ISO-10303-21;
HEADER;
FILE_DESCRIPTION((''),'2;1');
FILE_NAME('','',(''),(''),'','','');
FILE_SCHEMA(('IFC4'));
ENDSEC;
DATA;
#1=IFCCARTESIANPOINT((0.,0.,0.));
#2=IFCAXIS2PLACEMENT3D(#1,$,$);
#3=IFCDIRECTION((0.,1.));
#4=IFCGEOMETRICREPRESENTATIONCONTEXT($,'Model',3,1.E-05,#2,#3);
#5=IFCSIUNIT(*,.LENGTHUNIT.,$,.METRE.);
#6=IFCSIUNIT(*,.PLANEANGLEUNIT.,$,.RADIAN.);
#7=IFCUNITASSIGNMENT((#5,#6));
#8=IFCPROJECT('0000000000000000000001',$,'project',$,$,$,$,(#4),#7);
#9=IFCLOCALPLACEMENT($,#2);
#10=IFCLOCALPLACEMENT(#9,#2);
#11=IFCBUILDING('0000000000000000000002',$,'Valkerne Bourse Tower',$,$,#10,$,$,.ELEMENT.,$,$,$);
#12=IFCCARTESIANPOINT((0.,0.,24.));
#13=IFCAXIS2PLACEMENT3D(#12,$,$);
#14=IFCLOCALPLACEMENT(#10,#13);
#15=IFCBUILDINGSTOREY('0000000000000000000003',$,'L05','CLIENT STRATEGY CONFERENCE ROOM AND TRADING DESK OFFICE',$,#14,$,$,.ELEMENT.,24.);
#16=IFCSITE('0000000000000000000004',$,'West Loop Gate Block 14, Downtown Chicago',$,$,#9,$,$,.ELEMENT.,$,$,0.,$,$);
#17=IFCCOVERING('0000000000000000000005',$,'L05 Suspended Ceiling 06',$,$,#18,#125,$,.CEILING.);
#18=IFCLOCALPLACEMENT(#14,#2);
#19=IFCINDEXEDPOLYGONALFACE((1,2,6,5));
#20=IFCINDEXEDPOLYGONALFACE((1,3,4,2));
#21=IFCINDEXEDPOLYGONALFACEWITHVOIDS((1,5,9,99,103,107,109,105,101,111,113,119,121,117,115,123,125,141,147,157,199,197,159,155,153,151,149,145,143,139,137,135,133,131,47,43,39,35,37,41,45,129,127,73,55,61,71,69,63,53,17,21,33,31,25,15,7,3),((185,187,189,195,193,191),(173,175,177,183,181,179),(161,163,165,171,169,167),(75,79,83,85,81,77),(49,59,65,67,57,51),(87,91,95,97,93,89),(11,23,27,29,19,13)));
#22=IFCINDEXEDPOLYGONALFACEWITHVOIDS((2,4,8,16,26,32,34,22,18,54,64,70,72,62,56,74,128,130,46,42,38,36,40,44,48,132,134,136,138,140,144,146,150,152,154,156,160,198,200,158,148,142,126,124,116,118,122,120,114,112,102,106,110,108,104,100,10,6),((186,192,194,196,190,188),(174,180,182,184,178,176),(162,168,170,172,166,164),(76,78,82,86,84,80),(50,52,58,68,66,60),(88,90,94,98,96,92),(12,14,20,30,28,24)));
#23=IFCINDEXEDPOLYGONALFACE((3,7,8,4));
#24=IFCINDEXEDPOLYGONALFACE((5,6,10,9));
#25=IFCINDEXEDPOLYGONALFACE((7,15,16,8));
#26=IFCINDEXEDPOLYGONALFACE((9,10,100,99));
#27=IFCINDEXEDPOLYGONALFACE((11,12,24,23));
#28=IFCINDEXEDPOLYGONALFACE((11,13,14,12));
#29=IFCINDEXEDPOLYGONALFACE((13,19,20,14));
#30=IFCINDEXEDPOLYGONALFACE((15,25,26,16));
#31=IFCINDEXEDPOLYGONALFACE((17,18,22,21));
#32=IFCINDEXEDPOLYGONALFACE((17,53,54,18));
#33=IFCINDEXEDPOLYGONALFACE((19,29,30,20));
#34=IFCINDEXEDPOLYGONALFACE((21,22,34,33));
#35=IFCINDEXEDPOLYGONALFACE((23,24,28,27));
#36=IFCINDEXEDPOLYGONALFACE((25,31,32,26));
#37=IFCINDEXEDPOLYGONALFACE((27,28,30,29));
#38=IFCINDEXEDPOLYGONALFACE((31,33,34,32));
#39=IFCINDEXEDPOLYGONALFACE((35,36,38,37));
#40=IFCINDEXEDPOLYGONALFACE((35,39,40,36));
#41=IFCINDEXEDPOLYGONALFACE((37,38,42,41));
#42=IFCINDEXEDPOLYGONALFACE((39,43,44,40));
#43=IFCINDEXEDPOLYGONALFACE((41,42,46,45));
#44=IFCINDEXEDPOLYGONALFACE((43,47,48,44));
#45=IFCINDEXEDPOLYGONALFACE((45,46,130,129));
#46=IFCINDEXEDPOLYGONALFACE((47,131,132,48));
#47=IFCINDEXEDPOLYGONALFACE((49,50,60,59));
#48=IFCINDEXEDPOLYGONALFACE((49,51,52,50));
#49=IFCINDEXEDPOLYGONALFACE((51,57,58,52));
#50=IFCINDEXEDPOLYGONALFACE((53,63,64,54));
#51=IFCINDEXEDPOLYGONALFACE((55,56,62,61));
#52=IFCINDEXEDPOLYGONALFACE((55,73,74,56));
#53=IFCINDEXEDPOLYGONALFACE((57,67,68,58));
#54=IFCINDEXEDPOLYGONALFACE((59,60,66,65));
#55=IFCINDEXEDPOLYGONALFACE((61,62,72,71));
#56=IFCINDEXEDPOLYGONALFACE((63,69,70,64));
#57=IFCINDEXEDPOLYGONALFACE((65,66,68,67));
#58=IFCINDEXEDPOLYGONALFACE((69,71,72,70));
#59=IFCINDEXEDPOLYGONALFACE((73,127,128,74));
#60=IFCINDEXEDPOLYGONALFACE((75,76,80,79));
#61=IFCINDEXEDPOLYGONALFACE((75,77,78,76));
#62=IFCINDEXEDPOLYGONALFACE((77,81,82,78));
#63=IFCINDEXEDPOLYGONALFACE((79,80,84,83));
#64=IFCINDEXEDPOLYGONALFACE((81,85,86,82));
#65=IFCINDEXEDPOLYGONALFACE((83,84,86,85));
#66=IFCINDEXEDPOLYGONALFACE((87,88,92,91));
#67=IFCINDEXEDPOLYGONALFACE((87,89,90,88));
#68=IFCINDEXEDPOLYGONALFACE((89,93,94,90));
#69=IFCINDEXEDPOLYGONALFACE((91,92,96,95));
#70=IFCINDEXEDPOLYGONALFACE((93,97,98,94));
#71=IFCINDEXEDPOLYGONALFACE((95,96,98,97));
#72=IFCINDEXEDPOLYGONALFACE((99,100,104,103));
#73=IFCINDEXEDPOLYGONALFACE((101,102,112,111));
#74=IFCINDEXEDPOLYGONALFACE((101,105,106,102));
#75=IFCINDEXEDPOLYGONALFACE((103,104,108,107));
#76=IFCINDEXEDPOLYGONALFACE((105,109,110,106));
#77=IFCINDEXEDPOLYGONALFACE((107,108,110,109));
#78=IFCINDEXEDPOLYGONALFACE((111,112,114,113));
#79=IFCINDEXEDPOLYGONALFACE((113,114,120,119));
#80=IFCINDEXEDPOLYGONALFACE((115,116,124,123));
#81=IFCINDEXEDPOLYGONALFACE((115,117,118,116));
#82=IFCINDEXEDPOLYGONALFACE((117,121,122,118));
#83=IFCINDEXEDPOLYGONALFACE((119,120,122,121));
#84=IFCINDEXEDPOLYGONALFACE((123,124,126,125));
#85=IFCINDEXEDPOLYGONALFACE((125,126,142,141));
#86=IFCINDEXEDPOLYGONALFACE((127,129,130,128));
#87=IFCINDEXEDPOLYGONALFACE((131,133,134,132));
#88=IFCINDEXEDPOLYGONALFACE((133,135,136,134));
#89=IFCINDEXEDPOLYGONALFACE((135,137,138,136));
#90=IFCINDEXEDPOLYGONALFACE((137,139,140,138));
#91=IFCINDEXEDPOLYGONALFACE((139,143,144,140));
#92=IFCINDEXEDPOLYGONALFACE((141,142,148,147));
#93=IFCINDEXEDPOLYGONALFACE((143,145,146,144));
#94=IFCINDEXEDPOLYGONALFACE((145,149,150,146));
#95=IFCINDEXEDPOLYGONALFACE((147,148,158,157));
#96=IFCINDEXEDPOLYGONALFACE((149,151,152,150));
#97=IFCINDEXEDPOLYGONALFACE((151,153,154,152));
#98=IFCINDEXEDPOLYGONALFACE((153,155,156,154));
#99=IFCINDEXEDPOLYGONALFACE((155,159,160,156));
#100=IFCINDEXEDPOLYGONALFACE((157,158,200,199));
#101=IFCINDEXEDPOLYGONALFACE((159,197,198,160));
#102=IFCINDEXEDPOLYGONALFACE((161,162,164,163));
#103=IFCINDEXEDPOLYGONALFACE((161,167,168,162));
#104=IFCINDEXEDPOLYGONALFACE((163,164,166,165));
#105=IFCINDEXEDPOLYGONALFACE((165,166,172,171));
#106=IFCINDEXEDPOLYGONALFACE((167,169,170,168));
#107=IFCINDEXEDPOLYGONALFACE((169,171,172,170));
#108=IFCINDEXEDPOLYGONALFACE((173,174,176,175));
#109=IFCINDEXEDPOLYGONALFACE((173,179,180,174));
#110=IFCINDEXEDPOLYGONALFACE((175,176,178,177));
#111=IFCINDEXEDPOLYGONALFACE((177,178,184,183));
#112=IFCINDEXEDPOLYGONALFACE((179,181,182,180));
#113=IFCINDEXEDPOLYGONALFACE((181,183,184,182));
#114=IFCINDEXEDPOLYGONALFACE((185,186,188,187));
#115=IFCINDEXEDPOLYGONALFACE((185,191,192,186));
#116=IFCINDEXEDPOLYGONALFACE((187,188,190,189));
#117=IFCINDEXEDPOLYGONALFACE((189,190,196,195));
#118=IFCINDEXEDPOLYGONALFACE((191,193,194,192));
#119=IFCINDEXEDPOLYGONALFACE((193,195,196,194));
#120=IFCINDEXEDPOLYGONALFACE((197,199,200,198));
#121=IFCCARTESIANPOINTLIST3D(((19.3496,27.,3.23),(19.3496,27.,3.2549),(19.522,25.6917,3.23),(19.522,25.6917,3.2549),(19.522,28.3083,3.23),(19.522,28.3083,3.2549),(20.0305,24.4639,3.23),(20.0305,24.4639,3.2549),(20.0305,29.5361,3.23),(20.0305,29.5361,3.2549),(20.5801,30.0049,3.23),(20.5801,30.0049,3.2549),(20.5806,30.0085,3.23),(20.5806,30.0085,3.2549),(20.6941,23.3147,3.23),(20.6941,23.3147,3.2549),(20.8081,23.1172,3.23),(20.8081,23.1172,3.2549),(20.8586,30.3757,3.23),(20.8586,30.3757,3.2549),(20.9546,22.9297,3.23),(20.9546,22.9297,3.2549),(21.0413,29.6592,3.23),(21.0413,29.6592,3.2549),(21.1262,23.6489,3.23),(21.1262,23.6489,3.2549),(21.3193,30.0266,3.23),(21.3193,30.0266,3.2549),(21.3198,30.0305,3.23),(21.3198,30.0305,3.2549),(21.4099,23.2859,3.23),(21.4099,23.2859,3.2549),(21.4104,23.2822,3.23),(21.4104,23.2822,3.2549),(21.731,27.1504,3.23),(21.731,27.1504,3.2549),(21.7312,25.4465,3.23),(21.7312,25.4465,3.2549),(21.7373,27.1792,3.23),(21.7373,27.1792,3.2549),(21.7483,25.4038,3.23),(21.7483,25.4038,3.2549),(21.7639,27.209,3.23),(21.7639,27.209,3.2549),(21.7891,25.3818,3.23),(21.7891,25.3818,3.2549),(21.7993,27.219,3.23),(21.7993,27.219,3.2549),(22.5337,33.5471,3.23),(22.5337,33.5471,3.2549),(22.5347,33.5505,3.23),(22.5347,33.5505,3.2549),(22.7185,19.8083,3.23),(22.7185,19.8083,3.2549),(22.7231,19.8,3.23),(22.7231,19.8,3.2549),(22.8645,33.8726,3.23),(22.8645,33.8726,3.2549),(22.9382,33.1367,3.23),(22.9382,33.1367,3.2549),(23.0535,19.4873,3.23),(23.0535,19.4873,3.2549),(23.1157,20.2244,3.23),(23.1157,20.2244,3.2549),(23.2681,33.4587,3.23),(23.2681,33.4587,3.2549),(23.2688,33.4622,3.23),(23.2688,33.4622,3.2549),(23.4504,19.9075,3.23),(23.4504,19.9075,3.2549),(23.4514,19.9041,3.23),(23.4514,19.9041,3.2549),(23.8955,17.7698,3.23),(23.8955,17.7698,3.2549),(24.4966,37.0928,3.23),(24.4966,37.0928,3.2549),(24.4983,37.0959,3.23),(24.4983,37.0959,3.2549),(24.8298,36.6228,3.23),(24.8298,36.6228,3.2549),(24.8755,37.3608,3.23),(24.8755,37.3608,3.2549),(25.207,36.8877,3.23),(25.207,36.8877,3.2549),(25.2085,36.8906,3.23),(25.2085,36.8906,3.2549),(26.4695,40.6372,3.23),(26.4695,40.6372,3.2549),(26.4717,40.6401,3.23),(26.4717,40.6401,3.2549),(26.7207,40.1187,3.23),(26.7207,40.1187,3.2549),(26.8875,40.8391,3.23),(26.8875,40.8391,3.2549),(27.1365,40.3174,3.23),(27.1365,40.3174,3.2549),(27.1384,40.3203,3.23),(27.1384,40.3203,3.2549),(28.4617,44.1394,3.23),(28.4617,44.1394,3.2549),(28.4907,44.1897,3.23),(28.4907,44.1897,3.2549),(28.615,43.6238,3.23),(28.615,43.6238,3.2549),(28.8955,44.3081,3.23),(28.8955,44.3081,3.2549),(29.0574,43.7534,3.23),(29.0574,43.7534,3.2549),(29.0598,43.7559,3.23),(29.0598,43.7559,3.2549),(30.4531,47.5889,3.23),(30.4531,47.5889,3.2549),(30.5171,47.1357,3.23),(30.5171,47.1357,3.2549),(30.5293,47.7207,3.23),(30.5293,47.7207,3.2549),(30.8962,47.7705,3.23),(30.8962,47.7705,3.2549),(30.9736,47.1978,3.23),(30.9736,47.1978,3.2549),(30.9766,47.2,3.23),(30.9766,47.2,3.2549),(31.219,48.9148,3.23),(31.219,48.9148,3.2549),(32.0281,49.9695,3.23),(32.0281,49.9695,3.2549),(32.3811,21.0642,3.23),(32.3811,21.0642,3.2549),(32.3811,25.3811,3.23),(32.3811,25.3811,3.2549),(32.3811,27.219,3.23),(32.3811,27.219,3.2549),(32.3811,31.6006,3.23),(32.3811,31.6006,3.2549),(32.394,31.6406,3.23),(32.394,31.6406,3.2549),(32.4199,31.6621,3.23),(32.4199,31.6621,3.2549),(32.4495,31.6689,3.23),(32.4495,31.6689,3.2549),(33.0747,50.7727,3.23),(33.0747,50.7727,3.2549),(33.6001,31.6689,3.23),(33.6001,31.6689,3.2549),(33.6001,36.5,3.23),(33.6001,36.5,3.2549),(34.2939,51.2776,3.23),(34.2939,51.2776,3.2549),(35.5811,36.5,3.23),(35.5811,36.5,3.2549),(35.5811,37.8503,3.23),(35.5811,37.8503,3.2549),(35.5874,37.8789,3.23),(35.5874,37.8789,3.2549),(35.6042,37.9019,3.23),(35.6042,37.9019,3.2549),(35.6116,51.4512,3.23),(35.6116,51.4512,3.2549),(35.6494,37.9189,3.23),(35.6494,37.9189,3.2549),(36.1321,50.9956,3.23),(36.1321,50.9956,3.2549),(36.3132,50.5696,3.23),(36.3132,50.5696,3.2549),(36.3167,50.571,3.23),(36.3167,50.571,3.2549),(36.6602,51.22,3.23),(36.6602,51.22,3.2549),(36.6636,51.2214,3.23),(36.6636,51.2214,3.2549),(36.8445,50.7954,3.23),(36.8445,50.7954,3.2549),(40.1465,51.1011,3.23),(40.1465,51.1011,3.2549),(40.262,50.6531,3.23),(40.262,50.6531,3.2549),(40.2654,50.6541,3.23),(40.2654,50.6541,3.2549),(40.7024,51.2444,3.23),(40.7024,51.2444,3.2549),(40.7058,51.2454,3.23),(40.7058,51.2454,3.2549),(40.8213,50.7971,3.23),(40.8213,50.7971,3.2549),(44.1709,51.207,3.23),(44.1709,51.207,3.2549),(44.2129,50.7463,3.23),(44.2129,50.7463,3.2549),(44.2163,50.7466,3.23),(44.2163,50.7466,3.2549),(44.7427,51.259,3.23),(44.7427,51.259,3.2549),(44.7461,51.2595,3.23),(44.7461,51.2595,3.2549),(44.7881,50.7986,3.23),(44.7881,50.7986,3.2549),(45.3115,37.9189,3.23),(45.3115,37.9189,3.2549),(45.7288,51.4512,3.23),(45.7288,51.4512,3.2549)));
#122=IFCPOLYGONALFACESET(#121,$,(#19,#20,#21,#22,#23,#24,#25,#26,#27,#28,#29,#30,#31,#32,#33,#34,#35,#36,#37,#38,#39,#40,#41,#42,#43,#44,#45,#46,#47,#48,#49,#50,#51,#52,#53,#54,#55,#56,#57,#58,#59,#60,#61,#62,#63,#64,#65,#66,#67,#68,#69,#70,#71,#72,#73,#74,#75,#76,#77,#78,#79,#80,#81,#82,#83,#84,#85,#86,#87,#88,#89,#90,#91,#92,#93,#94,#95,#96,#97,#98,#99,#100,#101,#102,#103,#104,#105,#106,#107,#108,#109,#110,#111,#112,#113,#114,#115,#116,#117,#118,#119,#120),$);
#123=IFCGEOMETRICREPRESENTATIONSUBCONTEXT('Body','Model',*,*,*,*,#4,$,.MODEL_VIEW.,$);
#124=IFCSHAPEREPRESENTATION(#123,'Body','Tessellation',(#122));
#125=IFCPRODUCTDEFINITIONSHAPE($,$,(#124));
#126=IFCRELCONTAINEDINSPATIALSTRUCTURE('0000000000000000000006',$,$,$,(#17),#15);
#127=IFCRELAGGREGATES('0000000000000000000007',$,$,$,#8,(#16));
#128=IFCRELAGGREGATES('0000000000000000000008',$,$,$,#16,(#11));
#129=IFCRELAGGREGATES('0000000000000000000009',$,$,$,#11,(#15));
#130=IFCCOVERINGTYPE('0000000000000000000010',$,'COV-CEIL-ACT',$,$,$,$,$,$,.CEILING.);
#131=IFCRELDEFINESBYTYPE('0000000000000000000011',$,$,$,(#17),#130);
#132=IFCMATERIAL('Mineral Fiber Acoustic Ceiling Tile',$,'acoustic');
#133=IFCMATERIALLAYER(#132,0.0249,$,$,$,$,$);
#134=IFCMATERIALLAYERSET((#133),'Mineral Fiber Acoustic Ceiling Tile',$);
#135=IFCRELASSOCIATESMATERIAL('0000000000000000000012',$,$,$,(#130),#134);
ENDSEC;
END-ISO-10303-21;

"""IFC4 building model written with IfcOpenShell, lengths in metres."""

from ifc_helpers import new_model, si_unit, direction, frame, origin, place, context, subcontext, project, spatial, polyline, outline, extrude, material, layer, layer_set, type_object, element, save


model = new_model("IFC4")

# Units and contexts
model_context = context("Model", 3, precision=1e-05, world=origin(), true_north=direction((0.0, 1.0)))
body_context = subcontext(model_context, "Body", "Model", "MODEL_VIEW")
ifc_project = project(units=[si_unit("LENGTHUNIT", "METRE"), si_unit("PLANEANGLEUNIT", "RADIAN")], contexts=[model_context])

# Site, building, storey
site_placement = place(None, origin())
site = spatial("IfcSite", under=ifc_project, at=site_placement, Name="West Loop Gate Block 14, Downtown Chicago", CompositionType="ELEMENT", RefElevation=0.0)
building_placement = place(site_placement, origin())
building = spatial("IfcBuilding", under=site, at=building_placement, Name="Valkerne Bourse Tower", CompositionType="ELEMENT")
storey_placement = place(building_placement, frame((0.0, 0.0, 24.0)))
storey = spatial("IfcBuildingStorey", under=building, at=storey_placement, Name="L05", Description="CLIENT STRATEGY CONFERENCE ROOM AND TRADING DESK OFFICE", CompositionType="ELEMENT", Elevation=24.0)

# Covering
ifc_material_1 = material(Name="Mineral Fiber Acoustic Ceiling Tile", Category="acoustic")
ifc_layer_1 = layer(ifc_material_1, 0.0249)
ifc_layer_set_1 = layer_set([ifc_layer_1], Name="Mineral Fiber Acoustic Ceiling Tile")
covering_type_1 = type_object("IfcCoveringType", Name="COV-CEIL-ACT", PredefinedType="CEILING", material=ifc_layer_set_1)
covering_1_placement = place(storey_placement, frame((0.0, 0.0, 3.23)))
element("IfcCovering", 1, at=covering_1_placement, inside=storey, type_object=covering_type_1, Name="L05 Suspended Ceiling 06", PredefinedType="CEILING", context=body_context, shape_type="SweptSolid", body=[
    extrude(outline(polyline([(19.3496, 27.0), (19.522, 28.3083), (20.0305, 29.5361), (28.4617, 44.1394), (28.615, 43.6238), (29.0574, 43.7534), (29.0598, 43.7559), (28.8955, 44.3081), (28.4907, 44.1897), (30.4531, 47.5889), (30.5171, 47.1357), (30.9736, 47.1978), (30.9766, 47.2), (30.8962, 47.7705), (30.5293, 47.7207), (31.219, 48.9148), (32.0281, 49.9695), (33.0747, 50.7727), (34.2939, 51.2776), (35.6116, 51.4512), (45.7288, 51.4512), (45.3115, 37.9189), (35.6494, 37.9189), (35.6042, 37.9019), (35.5874, 37.8789), (35.5811, 37.8503), (35.5811, 36.5), (33.6001, 36.5), (33.6001, 31.6689), (32.4495, 31.6689), (32.4199, 31.6621), (32.394, 31.6406), (32.3811, 31.6006), (32.3811, 27.219), (21.7993, 27.219), (21.7639, 27.209), (21.7373, 27.1792), (21.731, 27.1504), (21.7312, 25.4465), (21.7483, 25.4038), (21.7891, 25.3818), (32.3811, 25.3811), (32.3811, 21.0642), (23.8955, 17.7698), (22.7231, 19.8), (23.0535, 19.4873), (23.4514, 19.9041), (23.4504, 19.9075), (23.1157, 20.2244), (22.7185, 19.8083), (20.8081, 23.1172), (20.9546, 22.9297), (21.4104, 23.2822), (21.4099, 23.2859), (21.1262, 23.6489), (20.6941, 23.3147), (20.0305, 24.4639), (19.522, 25.6917), (19.3496, 27.0)]), holes=[polyline([(21.3198, 30.0305), (20.8586, 30.3757), (20.5806, 30.0085), (20.5801, 30.0049), (21.0413, 29.6592), (21.3193, 30.0266), (21.3198, 30.0305)]), polyline([(23.2681, 33.4587), (23.2688, 33.4622), (22.8645, 33.8726), (22.5347, 33.5505), (22.5337, 33.5471), (22.9382, 33.1367), (23.2681, 33.4587)]), polyline([(25.2085, 36.8906), (24.8755, 37.3608), (24.4983, 37.0959), (24.4966, 37.0928), (24.8298, 36.6228), (25.207, 36.8877), (25.2085, 36.8906)]), polyline([(27.1365, 40.3174), (27.1384, 40.3203), (26.8875, 40.8391), (26.4717, 40.6401), (26.4695, 40.6372), (26.7207, 40.1187), (27.1365, 40.3174)]), polyline([(36.3167, 50.571), (36.8445, 50.7954), (36.6636, 51.2214), (36.6602, 51.22), (36.1321, 50.9956), (36.3132, 50.5696), (36.3167, 50.571)]), polyline([(40.2654, 50.6541), (40.8213, 50.7971), (40.7058, 51.2454), (40.7024, 51.2444), (40.1465, 51.1011), (40.262, 50.6531), (40.2654, 50.6541)]), polyline([(44.7881, 50.7986), (44.7461, 51.2595), (44.7427, 51.259), (44.1709, 51.207), (44.2129, 50.7463), (44.2163, 50.7466), (44.7881, 50.7986)])]), origin(), (0.0, 0.0, 1.0), 0.0249),
])

save(model, "model.ifc")
